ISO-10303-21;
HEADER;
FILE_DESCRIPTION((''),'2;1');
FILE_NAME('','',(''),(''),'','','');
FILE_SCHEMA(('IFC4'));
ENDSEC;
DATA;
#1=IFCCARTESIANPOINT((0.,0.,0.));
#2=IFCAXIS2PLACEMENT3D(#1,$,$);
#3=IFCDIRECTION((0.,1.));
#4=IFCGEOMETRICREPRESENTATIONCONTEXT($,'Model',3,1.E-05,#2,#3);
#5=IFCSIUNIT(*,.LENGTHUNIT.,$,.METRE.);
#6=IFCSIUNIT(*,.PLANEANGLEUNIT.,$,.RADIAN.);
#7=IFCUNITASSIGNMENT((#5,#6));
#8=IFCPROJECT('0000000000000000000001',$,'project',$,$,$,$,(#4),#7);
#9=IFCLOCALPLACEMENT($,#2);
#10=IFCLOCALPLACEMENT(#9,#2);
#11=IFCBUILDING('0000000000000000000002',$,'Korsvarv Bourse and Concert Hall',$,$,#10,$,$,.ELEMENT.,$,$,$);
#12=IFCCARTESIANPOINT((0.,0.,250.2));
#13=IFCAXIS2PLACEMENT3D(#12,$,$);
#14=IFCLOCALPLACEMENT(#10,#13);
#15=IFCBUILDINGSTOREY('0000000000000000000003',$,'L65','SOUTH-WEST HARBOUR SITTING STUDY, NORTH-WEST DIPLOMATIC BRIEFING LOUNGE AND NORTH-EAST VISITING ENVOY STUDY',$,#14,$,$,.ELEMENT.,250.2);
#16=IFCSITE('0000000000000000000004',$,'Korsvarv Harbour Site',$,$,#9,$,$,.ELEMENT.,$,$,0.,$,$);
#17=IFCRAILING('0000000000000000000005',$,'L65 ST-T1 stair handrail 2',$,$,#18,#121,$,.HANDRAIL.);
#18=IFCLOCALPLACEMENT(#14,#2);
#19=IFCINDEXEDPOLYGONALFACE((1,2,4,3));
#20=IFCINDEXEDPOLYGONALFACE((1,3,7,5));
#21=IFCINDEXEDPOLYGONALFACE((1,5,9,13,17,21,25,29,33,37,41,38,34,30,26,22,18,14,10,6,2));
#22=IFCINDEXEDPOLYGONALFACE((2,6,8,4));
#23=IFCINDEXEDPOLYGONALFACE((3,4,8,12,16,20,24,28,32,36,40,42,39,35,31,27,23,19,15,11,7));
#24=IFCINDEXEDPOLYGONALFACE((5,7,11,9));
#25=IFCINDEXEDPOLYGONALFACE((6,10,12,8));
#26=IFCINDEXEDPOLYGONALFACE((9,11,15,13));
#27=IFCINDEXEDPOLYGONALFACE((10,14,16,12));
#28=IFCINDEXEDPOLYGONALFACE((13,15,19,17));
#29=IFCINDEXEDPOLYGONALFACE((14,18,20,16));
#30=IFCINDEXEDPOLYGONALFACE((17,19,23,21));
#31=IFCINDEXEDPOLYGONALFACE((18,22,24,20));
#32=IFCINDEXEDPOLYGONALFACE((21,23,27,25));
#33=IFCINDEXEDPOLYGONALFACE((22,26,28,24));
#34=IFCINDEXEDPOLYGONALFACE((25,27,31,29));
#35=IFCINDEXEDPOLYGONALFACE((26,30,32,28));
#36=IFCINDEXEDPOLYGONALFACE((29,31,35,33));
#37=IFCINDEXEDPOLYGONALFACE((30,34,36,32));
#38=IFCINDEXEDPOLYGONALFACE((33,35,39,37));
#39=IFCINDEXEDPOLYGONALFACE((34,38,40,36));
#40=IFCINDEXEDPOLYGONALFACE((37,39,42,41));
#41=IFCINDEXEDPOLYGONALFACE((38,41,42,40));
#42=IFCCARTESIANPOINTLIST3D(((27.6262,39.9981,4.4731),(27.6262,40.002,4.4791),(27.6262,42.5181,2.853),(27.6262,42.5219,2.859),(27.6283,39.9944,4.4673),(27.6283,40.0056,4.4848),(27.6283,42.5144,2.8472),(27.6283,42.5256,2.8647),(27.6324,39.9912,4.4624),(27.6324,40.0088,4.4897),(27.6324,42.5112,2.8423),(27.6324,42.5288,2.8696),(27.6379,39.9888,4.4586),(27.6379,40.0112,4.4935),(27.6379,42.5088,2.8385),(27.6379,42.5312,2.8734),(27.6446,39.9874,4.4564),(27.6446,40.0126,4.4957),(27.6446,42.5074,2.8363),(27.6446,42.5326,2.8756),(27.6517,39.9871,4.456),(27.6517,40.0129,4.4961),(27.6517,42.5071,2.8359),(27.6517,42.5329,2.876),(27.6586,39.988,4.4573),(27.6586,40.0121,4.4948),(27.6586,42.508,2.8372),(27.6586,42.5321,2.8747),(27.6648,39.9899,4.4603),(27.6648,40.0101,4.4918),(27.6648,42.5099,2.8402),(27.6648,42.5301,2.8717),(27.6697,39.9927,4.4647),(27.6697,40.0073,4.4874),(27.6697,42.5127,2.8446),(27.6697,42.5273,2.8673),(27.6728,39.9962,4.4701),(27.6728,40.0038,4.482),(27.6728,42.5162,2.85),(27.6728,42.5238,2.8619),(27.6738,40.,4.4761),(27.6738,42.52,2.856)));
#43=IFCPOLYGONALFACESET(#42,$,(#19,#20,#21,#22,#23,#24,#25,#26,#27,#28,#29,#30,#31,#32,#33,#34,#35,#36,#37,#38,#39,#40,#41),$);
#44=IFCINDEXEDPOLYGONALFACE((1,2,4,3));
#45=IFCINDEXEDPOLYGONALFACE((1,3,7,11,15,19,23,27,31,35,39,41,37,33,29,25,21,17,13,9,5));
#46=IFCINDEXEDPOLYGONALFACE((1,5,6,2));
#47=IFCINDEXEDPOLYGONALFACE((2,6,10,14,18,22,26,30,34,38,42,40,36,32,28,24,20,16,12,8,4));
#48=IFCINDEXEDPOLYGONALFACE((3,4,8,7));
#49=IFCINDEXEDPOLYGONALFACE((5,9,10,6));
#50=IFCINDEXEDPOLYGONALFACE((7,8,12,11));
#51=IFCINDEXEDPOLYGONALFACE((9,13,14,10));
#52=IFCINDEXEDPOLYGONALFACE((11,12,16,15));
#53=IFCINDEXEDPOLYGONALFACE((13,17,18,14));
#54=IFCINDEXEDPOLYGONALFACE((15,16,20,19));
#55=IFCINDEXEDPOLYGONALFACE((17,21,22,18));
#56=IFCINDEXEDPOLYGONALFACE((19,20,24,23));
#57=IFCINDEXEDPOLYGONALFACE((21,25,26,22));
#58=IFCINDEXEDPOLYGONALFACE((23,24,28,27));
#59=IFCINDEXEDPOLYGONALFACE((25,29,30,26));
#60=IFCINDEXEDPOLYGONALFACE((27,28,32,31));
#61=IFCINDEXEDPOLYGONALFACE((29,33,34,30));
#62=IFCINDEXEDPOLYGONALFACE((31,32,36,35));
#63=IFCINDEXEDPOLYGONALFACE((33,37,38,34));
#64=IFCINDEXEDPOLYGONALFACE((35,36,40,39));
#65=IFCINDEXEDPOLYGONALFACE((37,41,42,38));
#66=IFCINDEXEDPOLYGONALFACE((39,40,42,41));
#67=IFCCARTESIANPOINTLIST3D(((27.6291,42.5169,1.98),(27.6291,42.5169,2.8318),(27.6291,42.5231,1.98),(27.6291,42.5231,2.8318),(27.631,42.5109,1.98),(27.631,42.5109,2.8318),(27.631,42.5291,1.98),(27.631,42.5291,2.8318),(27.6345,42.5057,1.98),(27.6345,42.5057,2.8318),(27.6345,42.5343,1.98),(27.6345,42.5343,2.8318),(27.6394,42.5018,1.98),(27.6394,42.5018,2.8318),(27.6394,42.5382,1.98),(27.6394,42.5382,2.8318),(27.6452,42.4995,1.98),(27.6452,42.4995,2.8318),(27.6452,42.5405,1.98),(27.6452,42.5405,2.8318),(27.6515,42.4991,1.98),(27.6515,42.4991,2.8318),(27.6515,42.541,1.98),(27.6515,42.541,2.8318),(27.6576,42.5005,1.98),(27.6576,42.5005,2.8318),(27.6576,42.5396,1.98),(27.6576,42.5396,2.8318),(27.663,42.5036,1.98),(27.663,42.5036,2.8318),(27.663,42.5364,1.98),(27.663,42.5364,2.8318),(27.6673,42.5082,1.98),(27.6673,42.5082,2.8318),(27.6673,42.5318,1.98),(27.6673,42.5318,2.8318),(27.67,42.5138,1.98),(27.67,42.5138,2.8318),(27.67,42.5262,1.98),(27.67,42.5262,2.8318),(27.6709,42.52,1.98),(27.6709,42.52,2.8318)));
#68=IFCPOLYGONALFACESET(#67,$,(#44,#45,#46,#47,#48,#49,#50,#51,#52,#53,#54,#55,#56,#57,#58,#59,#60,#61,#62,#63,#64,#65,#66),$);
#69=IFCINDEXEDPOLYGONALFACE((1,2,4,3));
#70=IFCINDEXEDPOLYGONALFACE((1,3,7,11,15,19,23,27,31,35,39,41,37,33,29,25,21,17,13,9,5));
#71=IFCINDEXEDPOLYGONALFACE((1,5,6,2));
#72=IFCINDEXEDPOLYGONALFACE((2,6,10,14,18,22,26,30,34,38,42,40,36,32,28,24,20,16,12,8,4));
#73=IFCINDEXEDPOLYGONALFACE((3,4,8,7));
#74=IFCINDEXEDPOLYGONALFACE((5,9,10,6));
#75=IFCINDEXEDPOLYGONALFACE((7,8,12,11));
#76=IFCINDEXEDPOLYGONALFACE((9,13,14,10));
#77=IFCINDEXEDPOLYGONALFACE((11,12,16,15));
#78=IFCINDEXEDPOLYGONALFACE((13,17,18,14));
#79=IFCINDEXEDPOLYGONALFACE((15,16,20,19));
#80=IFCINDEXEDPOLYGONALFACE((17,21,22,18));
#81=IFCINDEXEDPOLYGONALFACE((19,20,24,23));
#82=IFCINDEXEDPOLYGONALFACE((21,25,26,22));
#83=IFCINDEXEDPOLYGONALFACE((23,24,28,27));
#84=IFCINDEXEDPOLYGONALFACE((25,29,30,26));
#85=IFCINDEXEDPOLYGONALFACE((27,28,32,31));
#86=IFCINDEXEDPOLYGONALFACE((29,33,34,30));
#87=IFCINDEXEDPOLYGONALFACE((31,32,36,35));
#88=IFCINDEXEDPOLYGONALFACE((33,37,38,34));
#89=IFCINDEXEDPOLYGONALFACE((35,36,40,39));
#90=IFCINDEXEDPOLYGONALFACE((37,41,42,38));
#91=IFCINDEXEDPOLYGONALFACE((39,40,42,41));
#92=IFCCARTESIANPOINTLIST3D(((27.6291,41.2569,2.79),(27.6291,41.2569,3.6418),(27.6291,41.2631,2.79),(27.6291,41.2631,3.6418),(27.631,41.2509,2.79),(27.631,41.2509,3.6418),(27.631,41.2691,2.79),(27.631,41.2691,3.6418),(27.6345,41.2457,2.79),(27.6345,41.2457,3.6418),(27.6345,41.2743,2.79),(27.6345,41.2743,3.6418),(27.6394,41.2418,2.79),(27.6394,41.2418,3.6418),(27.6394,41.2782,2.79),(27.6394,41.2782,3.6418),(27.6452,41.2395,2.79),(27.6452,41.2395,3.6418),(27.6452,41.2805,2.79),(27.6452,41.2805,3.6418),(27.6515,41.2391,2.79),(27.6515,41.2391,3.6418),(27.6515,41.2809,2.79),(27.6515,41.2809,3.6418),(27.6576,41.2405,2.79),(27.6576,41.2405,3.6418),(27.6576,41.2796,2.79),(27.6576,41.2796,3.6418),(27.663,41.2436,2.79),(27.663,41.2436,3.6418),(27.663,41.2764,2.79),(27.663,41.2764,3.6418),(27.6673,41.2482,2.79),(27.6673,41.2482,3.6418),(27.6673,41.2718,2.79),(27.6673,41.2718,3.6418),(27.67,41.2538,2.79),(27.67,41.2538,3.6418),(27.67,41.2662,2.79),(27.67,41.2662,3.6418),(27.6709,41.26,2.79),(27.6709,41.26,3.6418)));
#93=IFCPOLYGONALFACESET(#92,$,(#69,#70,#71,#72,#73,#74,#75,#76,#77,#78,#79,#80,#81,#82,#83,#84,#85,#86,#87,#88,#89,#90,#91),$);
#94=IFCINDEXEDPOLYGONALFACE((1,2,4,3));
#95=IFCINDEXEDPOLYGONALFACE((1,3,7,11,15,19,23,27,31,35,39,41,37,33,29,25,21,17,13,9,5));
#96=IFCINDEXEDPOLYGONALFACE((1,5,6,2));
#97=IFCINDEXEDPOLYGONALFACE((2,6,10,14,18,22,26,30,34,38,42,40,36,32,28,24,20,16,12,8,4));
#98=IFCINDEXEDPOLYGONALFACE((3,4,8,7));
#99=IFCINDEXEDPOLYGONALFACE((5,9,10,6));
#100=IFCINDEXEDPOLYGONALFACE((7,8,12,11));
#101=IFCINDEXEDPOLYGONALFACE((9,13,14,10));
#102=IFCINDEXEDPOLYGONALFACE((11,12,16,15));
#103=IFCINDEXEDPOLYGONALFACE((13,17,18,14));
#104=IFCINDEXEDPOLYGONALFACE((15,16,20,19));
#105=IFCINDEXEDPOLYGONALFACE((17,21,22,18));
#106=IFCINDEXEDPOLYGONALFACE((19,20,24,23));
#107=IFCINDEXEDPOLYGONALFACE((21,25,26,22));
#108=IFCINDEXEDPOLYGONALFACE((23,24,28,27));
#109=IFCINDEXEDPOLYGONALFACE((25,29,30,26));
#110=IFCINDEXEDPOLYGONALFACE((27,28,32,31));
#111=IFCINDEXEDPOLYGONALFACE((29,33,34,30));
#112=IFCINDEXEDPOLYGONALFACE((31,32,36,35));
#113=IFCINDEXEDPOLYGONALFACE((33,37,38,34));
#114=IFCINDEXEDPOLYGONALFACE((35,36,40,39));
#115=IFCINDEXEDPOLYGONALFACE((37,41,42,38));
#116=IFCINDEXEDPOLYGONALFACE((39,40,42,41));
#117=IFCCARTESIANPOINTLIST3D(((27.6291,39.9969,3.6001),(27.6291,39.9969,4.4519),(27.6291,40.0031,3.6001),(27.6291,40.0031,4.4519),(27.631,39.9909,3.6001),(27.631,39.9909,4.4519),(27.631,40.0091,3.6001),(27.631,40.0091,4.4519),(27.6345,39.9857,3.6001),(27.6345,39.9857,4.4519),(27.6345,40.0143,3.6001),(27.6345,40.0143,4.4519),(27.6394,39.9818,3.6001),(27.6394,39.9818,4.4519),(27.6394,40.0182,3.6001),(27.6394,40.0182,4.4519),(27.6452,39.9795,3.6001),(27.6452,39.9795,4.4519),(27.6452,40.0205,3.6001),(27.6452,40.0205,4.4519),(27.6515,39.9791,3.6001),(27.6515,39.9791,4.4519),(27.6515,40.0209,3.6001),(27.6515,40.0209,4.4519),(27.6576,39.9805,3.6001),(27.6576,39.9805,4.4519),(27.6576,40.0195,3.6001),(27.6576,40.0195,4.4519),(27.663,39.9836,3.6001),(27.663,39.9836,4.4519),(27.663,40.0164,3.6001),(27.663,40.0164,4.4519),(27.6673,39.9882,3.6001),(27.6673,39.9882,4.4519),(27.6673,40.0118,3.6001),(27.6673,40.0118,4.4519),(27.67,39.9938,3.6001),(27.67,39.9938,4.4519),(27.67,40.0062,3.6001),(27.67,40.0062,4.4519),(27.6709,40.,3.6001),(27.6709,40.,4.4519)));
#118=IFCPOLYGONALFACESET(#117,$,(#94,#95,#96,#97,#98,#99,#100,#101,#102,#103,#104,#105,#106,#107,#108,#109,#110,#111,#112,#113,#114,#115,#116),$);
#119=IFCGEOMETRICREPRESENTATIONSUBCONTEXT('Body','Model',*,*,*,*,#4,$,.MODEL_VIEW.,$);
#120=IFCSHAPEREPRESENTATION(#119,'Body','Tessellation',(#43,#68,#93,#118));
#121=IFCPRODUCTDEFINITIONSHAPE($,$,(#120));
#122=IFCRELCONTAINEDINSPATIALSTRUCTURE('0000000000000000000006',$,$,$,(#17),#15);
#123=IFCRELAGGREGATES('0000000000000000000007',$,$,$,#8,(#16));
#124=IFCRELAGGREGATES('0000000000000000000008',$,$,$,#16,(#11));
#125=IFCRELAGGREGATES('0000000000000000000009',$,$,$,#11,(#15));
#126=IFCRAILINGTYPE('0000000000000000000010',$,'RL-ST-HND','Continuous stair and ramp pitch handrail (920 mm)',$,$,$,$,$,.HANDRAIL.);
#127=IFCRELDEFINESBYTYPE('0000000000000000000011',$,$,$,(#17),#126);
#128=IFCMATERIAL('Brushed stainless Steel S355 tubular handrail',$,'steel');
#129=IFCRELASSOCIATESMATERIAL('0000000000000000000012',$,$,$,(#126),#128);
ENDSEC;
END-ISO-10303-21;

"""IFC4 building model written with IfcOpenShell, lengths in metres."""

from ifc_helpers import new_model, si_unit, direction, frame, origin, origin_2d, place, context, subcontext, project, spatial, circle, extrude, material, type_object, element, save


model = new_model("IFC4")

# Units and contexts
model_context = context("Model", 3, precision=1e-05, world=origin(), true_north=direction((0.0, 1.0)))
body_context = subcontext(model_context, "Body", "Model", "MODEL_VIEW")
ifc_project = project(units=[si_unit("LENGTHUNIT", "METRE"), si_unit("PLANEANGLEUNIT", "RADIAN")], contexts=[model_context])

# Site, building, storey
site_placement = place(None, origin())
site = spatial("IfcSite", under=ifc_project, at=site_placement, Name="Korsvarv Harbour Site", CompositionType="ELEMENT", RefElevation=0.0)
building_placement = place(site_placement, origin())
building = spatial("IfcBuilding", under=site, at=building_placement, Name="Korsvarv Bourse and Concert Hall", CompositionType="ELEMENT")
storey_placement = place(building_placement, frame((0.0, 0.0, 250.2)))
storey = spatial("IfcBuildingStorey", under=building, at=storey_placement, Name="L65", Description="SOUTH-WEST HARBOUR SITTING STUDY, NORTH-WEST DIPLOMATIC BRIEFING LOUNGE AND NORTH-EAST VISITING ENVOY STUDY", CompositionType="ELEMENT", Elevation=250.2)

# Railing
ifc_material_1 = material(Name="Brushed stainless Steel S355 tubular handrail", Category="steel")
railing_type = type_object("IfcRailingType", Name="RL-ST-HND", Description="Continuous stair and ramp pitch handrail (920 mm)", PredefinedType="HANDRAIL", material=ifc_material_1)
railing_placement = place(storey_placement, frame((27.6499, 42.52, 1.98)))
element("IfcRailing", 1, at=railing_placement, inside=storey, type_object=railing_type, Name="L65 ST-T1 stair handrail 2", PredefinedType="HANDRAIL", context=body_context, shape_type="SweptSolid", body=[
    extrude(circle(Radius=0.0239, at=origin_2d()), frame((0.0, 0.0, 0.876), z_axis=(0.0, -0.841163, 0.540782), x_axis=(1.0, 0.0, 0.0)), (0.0, 0.0, 1.0), 2.9958),
    extrude(circle(Radius=0.021, at=origin_2d()), origin(), (0.0, 0.0, 1.0), 0.8518),
    extrude(circle(Radius=0.021, at=origin_2d()), frame((0.0, -1.26, 0.8101)), (0.0, 0.0, 1.0), 0.8518),
    extrude(circle(Radius=0.021, at=origin_2d()), frame((0.0, -2.52, 1.6201)), (0.0, 0.0, 1.0), 0.8518),
])

save(model, "model.ifc")
